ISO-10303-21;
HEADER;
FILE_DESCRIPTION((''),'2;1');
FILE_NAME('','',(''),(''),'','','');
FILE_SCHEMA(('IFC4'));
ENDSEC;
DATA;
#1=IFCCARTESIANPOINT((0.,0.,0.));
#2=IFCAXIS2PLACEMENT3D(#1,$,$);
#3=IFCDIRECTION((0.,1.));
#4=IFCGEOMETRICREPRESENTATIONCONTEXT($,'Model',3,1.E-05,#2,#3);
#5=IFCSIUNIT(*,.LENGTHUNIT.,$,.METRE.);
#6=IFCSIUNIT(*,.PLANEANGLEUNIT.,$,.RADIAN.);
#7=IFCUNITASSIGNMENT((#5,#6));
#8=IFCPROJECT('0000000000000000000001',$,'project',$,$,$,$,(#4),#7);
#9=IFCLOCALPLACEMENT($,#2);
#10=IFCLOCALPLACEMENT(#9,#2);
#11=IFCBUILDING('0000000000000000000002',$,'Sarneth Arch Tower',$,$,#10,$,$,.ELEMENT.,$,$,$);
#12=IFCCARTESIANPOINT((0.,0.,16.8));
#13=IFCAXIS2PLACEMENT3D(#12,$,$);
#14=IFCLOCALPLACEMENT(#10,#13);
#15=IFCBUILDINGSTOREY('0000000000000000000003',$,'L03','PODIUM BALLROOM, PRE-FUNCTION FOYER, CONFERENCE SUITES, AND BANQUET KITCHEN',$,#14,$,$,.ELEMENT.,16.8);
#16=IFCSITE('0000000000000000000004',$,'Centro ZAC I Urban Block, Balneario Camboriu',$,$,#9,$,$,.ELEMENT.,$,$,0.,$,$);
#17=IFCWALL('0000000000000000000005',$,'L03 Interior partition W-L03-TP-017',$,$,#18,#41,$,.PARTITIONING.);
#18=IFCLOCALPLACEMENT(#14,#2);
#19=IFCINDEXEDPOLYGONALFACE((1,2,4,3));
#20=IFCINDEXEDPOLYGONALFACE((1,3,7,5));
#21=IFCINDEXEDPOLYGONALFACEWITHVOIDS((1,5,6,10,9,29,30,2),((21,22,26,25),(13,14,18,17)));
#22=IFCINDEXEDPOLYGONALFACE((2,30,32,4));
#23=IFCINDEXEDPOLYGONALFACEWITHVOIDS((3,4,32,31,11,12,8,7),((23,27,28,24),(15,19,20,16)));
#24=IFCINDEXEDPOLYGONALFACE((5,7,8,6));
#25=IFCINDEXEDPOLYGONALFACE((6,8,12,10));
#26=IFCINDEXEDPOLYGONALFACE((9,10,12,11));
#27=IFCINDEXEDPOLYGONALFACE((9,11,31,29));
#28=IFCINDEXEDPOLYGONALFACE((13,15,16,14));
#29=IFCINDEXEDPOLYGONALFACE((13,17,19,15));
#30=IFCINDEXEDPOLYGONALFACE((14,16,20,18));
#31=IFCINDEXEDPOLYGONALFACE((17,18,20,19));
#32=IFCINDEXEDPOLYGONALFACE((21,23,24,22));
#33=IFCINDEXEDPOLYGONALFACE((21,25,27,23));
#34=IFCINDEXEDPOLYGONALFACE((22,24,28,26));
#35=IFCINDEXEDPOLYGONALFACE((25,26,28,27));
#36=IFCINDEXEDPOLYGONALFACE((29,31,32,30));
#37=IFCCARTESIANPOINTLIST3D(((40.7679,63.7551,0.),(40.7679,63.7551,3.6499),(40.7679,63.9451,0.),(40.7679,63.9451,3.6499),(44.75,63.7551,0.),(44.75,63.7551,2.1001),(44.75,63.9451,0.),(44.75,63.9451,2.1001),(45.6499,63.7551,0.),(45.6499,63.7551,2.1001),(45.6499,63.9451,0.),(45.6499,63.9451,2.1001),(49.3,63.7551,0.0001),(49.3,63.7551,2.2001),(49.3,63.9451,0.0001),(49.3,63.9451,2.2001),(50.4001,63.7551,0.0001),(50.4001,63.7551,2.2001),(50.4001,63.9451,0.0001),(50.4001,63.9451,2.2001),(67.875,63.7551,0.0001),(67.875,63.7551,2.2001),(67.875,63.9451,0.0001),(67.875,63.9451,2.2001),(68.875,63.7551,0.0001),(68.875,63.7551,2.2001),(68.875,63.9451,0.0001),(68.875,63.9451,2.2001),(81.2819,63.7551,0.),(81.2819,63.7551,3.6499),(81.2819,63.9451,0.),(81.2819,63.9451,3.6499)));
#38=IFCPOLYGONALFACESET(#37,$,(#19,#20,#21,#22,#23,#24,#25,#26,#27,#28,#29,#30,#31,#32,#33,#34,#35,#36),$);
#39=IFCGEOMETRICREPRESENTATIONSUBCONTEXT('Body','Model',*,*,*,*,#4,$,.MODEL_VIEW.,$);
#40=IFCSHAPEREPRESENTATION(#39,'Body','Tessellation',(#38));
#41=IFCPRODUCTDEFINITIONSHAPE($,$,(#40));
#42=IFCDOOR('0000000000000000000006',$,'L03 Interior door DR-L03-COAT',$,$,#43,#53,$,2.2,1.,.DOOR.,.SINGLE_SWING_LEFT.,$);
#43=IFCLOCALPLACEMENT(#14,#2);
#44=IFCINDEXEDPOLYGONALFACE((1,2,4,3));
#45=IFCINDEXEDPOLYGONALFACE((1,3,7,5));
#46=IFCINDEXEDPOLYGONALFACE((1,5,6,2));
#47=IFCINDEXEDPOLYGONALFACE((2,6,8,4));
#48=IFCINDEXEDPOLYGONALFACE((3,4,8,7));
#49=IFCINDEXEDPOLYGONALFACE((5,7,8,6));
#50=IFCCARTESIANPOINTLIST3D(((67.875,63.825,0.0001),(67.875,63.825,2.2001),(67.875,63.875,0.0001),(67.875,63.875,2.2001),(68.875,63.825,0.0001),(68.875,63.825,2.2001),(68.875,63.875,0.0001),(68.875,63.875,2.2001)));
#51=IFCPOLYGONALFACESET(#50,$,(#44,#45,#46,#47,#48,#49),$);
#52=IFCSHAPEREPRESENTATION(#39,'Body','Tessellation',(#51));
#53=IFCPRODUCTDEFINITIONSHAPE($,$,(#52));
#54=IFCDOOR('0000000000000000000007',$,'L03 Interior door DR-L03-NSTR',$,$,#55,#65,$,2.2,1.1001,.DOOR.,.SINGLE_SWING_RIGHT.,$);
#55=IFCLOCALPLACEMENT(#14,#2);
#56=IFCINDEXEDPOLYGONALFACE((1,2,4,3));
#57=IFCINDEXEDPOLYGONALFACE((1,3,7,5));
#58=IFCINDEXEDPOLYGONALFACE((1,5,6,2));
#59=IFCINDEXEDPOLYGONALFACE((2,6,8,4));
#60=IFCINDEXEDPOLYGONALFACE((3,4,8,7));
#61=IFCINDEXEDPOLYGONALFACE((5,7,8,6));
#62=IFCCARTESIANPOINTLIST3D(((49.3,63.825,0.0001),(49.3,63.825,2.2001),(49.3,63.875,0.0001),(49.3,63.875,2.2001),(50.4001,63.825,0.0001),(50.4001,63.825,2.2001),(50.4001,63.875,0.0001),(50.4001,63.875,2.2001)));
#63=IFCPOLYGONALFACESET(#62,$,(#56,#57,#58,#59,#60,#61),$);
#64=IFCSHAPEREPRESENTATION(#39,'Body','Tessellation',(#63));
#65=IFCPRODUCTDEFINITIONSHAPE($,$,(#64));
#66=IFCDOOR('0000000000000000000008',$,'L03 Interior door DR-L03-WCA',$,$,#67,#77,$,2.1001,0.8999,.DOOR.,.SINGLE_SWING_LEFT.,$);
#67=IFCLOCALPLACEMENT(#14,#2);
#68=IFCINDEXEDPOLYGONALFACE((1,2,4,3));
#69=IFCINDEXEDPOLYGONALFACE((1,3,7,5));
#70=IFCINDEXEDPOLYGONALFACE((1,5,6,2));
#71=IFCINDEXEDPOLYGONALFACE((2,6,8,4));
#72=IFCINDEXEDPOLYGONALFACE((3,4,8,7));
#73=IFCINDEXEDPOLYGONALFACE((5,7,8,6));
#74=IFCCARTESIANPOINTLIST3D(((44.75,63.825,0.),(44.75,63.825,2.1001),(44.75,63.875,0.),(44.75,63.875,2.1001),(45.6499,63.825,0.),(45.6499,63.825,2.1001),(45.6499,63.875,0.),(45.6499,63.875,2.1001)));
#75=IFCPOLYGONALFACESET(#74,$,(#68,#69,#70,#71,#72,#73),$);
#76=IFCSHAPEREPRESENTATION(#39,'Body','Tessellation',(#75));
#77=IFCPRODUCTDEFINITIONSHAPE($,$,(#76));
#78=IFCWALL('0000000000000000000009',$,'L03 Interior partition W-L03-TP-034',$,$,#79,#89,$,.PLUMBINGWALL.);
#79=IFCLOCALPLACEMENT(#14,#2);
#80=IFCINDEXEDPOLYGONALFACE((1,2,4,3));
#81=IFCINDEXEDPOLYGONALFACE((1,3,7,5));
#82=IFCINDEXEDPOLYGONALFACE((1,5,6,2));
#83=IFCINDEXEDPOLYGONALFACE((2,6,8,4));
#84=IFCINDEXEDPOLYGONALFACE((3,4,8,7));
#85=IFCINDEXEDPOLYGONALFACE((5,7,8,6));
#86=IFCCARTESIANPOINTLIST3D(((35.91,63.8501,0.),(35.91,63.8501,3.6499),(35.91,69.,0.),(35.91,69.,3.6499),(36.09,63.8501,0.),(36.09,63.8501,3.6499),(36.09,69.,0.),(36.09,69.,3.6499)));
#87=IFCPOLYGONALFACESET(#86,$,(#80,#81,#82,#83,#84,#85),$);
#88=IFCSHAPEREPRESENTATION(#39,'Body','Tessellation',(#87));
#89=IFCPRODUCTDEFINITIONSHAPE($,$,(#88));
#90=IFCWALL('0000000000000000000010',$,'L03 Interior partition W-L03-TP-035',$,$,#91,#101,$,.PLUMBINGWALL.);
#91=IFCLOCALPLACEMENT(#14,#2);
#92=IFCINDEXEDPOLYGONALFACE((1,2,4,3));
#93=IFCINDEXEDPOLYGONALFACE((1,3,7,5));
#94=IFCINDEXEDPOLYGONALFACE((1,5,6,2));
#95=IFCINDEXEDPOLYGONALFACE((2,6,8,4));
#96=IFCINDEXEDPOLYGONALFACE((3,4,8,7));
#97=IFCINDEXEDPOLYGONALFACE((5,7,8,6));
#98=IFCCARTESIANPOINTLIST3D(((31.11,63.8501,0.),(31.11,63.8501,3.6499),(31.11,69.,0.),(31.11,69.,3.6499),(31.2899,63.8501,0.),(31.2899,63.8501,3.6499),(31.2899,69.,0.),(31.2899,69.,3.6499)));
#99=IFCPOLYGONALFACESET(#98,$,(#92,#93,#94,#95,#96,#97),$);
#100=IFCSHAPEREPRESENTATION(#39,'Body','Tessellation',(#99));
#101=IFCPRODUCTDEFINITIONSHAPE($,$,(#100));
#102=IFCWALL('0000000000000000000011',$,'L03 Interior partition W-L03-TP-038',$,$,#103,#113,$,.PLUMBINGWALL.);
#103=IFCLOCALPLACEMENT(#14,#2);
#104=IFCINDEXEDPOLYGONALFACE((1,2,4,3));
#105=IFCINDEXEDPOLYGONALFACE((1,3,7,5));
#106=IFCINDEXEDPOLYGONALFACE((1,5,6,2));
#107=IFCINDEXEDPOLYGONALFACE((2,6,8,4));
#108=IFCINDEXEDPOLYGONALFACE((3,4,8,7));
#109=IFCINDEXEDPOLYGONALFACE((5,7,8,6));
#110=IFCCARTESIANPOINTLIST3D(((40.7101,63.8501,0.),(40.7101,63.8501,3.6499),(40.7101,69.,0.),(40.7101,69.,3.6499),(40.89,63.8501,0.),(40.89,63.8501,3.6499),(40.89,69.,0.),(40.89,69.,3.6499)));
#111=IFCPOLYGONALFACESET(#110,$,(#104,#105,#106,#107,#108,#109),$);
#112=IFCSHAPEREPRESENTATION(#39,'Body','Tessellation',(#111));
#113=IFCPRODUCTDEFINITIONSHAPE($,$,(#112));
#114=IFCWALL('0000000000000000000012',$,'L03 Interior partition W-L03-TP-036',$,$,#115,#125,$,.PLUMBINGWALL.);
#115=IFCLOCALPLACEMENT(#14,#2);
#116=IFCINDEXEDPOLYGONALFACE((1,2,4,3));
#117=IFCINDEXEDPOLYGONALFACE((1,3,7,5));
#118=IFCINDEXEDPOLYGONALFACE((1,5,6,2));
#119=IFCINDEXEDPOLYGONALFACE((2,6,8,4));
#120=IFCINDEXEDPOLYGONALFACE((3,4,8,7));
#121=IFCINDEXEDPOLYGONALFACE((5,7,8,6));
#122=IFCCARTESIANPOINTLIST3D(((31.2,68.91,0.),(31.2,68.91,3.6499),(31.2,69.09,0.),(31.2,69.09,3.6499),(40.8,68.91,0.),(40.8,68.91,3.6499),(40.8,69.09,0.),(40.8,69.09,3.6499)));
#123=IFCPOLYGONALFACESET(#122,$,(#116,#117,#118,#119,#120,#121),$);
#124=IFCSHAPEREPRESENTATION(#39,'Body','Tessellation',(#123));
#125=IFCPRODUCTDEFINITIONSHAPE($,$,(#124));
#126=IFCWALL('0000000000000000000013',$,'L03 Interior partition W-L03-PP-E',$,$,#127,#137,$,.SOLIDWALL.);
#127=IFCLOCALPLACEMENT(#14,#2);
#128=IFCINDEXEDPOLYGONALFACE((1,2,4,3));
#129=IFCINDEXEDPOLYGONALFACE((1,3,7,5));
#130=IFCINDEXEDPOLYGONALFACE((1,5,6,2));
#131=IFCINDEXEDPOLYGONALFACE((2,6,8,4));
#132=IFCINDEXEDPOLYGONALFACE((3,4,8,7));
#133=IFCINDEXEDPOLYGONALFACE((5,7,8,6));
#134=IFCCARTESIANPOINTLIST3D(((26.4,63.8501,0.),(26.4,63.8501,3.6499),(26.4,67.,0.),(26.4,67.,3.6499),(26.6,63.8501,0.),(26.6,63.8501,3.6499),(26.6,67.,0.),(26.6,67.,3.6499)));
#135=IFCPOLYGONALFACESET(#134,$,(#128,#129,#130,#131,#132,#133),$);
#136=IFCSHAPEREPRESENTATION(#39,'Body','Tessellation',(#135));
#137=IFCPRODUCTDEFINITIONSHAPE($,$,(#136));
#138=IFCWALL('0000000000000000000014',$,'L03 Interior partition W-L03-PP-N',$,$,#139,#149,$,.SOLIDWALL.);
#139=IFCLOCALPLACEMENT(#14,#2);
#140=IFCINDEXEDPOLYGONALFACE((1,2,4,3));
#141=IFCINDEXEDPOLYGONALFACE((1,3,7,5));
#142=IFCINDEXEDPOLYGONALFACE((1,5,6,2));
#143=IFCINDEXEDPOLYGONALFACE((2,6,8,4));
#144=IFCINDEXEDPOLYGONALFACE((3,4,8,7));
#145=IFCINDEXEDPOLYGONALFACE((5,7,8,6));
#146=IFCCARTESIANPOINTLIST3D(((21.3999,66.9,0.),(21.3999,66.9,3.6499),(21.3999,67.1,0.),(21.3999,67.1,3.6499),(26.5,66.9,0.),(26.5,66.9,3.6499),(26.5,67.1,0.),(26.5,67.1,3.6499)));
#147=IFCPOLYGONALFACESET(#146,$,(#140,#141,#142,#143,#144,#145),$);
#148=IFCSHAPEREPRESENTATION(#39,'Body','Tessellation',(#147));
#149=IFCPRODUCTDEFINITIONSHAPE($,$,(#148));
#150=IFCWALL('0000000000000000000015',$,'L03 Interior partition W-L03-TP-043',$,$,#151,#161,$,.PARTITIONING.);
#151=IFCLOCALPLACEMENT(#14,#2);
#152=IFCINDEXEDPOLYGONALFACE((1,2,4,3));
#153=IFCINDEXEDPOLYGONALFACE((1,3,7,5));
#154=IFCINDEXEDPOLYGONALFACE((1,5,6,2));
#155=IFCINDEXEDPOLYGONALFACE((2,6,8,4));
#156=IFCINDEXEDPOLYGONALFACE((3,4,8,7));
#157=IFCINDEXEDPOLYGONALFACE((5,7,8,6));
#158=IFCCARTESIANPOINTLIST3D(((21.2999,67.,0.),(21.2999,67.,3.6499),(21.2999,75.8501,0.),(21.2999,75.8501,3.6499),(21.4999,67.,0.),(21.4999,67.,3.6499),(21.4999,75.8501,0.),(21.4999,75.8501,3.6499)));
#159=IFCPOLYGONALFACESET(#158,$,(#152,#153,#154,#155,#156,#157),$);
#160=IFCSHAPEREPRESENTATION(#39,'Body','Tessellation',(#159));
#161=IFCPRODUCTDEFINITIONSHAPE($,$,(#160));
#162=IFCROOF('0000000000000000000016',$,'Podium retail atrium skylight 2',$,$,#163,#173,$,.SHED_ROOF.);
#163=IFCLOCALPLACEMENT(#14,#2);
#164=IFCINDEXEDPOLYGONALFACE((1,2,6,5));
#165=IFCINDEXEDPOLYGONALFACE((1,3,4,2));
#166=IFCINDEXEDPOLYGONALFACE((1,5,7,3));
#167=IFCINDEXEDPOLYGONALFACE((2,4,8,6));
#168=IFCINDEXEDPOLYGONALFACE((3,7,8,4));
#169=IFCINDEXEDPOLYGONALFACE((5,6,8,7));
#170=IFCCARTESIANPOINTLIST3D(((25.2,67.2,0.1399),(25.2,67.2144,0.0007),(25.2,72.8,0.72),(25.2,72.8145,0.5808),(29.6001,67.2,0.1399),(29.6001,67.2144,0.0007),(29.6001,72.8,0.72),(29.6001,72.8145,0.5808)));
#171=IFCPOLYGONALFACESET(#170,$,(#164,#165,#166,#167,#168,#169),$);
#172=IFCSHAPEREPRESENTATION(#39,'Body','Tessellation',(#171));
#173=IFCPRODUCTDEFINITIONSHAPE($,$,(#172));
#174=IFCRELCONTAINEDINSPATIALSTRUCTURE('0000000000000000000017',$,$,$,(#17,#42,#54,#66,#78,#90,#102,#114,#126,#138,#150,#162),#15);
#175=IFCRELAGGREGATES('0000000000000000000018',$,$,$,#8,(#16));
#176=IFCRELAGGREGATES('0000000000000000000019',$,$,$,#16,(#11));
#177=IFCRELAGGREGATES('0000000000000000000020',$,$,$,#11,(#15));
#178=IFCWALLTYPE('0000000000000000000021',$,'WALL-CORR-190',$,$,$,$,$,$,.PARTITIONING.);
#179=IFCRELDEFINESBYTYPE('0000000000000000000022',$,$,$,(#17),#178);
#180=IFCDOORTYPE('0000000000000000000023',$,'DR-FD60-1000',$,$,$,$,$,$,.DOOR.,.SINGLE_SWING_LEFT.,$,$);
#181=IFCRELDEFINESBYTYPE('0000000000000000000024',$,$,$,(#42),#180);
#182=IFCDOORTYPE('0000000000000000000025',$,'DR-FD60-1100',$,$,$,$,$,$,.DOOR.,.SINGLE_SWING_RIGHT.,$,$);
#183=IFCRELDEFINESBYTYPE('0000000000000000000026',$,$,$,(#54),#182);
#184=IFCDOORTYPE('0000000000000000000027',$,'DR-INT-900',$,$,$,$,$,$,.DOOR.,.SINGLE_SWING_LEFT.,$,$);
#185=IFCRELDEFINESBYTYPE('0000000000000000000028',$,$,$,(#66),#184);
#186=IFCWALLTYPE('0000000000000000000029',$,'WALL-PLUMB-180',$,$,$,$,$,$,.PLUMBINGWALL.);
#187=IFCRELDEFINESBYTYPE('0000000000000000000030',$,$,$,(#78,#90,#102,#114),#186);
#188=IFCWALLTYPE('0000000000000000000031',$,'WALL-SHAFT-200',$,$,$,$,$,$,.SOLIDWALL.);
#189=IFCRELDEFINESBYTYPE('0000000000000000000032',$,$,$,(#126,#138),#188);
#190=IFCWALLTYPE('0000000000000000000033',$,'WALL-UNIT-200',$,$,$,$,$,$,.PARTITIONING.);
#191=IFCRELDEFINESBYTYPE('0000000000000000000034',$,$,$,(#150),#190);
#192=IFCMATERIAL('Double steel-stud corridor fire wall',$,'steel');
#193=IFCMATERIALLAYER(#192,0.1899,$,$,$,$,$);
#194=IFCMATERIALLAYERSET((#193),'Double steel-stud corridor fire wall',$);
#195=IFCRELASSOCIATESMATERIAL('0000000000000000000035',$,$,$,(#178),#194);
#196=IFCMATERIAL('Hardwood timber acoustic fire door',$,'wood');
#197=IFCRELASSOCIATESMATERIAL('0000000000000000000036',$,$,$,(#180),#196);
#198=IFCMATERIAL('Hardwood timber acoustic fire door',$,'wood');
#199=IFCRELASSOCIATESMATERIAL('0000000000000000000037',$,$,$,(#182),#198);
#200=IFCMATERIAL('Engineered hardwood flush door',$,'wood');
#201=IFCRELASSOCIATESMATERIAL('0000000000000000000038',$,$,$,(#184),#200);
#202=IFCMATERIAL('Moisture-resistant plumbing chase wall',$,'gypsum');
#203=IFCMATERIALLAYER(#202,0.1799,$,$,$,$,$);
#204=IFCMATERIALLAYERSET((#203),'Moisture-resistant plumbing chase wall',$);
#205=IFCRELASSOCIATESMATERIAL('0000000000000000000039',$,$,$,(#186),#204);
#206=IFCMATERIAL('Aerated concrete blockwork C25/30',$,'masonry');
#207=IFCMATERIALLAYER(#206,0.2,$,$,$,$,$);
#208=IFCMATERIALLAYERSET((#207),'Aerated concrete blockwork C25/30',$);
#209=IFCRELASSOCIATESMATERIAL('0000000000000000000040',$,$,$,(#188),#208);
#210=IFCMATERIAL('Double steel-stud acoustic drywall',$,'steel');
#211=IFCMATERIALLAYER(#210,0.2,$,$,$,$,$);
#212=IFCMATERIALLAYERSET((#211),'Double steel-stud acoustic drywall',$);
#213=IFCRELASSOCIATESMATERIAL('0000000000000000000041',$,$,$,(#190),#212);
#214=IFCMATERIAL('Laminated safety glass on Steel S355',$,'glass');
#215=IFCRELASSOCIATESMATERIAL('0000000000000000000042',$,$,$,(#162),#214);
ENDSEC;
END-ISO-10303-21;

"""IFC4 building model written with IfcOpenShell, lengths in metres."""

from ifc_helpers import new_model, si_unit, direction, frame, frame_2d, origin, place, context, subcontext, project, spatial, polyline, rectangle, outline, extrude, material, layer, layer_set, type_object, element, fill, save


model = new_model("IFC4")

# Units and contexts
model_context = context("Model", 3, precision=1e-05, world=origin(), true_north=direction((0.0, 1.0)))
body_context = subcontext(model_context, "Body", "Model", "MODEL_VIEW")
ifc_project = project(units=[si_unit("LENGTHUNIT", "METRE"), si_unit("PLANEANGLEUNIT", "RADIAN")], contexts=[model_context])

# Site, building, storey
site_placement = place(None, origin())
site = spatial("IfcSite", under=ifc_project, at=site_placement, Name="Centro ZAC I Urban Block, Balneario Camboriu", CompositionType="ELEMENT", RefElevation=0.0)
building_placement = place(site_placement, origin())
building = spatial("IfcBuilding", under=site, at=building_placement, Name="Sarneth Arch Tower", CompositionType="ELEMENT")
storey_placement = place(building_placement, frame((0.0, 0.0, 16.8)))
storey = spatial("IfcBuildingStorey", under=building, at=storey_placement, Name="L03", Description="PODIUM BALLROOM, PRE-FUNCTION FOYER, CONFERENCE SUITES, AND BANQUET KITCHEN", CompositionType="ELEMENT", Elevation=16.8)

# Wall, openings, doors
ifc_material_1 = material(Name="Double steel-stud corridor fire wall", Category="steel")
ifc_layer_1 = layer(ifc_material_1, 0.1899)
ifc_layer_set_1 = layer_set([ifc_layer_1], Name="Double steel-stud corridor fire wall")
wall_type_1 = type_object("IfcWallType", Name="WALL-CORR-190", PredefinedType="PARTITIONING", material=ifc_layer_set_1)
wall_1_placement = place(storey_placement, frame((40.7681, 63.8501, 0.0), z_axis=(0.0, 0.0, 1.0), x_axis=(1.0, 0.0, 0.0)))
wall_1 = element("IfcWall", 1, at=wall_1_placement, inside=storey, type_object=wall_type_1, Name="L03 Interior partition W-L03-TP-017", PredefinedType="PARTITIONING", context=body_context, shape_type="SweptSolid", body=[
    extrude(rectangle(XDim=40.5139, YDim=0.1899, at=frame_2d((20.2568, 0.0))), origin(), (0.0, 0.0, 1.0), 3.6499),
])
opening_1_placement = place(wall_1_placement, frame((27.1069, 0.0, 0.0)))
opening_1 = element("IfcOpeningElement", 2, at=opening_1_placement, cuts=wall_1, PredefinedType="OPENING", context=body_context, shape_type="SweptSolid", body=[
    extrude(rectangle(XDim=1.0, YDim=2.2, at=frame_2d((0.5, 1.1001))), frame((0.0, 0.105, 0.0), z_axis=(0.0, -1.0, 0.0), x_axis=(1.0, 0.0, 0.0)), (0.0, 0.0, 1.0), 0.21),
])
opening_2_placement = place(wall_1_placement, frame((8.532, 0.0, 0.0)))
opening_2 = element("IfcOpeningElement", 3, at=opening_2_placement, cuts=wall_1, PredefinedType="OPENING", context=body_context, shape_type="SweptSolid", body=[
    extrude(rectangle(XDim=1.1001, YDim=2.2, at=frame_2d((0.55, 1.1001))), frame((0.0, 0.105, 0.0), z_axis=(0.0, -1.0, 0.0), x_axis=(1.0, 0.0, 0.0)), (0.0, 0.0, 1.0), 0.21),
])
opening_3_placement = place(wall_1_placement, frame((3.9819, 0.0, 0.0)))
opening_3 = element("IfcOpeningElement", 4, at=opening_3_placement, cuts=wall_1, PredefinedType="OPENING", context=body_context, shape_type="SweptSolid", body=[
    extrude(rectangle(XDim=0.8999, YDim=2.1001, at=frame_2d((0.45, 1.05))), frame((0.0, 0.105, 0.0), z_axis=(0.0, -1.0, 0.0), x_axis=(1.0, 0.0, 0.0)), (0.0, 0.0, 1.0), 0.21),
])
ifc_material_2 = material(Name="Hardwood timber acoustic fire door", Category="wood")
door_type_1 = type_object("IfcDoorType", Name="DR-FD60-1000", OperationType="SINGLE_SWING_LEFT", PredefinedType="DOOR", material=ifc_material_2)
door_1_placement = place(opening_1_placement, origin())
door_1 = element("IfcDoor", 5, at=door_1_placement, inside=storey, type_object=door_type_1, Name="L03 Interior door DR-L03-COAT", OperationType="SINGLE_SWING_LEFT", OverallHeight=2.2, OverallWidth=1.0, PredefinedType="DOOR", context=body_context, shape_type="SweptSolid", body=[
    extrude(rectangle(XDim=1.0, YDim=2.2, at=frame_2d((0.5, 1.1001))), frame((0.0, 0.0249, 0.0), z_axis=(0.0, -1.0, 0.0), x_axis=(1.0, 0.0, 0.0)), (0.0, 0.0, 1.0), 0.05),
])
fill(opening_1, door_1)
ifc_material_3 = material(Name="Hardwood timber acoustic fire door", Category="wood")
door_type_2 = type_object("IfcDoorType", Name="DR-FD60-1100", OperationType="SINGLE_SWING_RIGHT", PredefinedType="DOOR", material=ifc_material_3)
door_2_placement = place(opening_2_placement, origin())
door_2 = element("IfcDoor", 6, at=door_2_placement, inside=storey, type_object=door_type_2, Name="L03 Interior door DR-L03-NSTR", OperationType="SINGLE_SWING_RIGHT", OverallHeight=2.2, OverallWidth=1.1001, PredefinedType="DOOR", context=body_context, shape_type="SweptSolid", body=[
    extrude(rectangle(XDim=1.1001, YDim=2.2, at=frame_2d((0.55, 1.1001))), frame((0.0, 0.0249, 0.0), z_axis=(0.0, -1.0, 0.0), x_axis=(1.0, 0.0, 0.0)), (0.0, 0.0, 1.0), 0.05),
])
fill(opening_2, door_2)
ifc_material_4 = material(Name="Engineered hardwood flush door", Category="wood")
door_type_3 = type_object("IfcDoorType", Name="DR-INT-900", OperationType="SINGLE_SWING_LEFT", PredefinedType="DOOR", material=ifc_material_4)
door_3_placement = place(opening_3_placement, origin())
door_3 = element("IfcDoor", 7, at=door_3_placement, inside=storey, type_object=door_type_3, Name="L03 Interior door DR-L03-WCA", OperationType="SINGLE_SWING_LEFT", OverallHeight=2.1001, OverallWidth=0.8999, PredefinedType="DOOR", context=body_context, shape_type="SweptSolid", body=[
    extrude(rectangle(XDim=0.8999, YDim=2.1001, at=frame_2d((0.45, 1.05))), frame((0.0, 0.0249, 0.0), z_axis=(0.0, -1.0, 0.0), x_axis=(1.0, 0.0, 0.0)), (0.0, 0.0, 1.0), 0.05),
])
fill(opening_3, door_3)

# Walls
ifc_material_5 = material(Name="Moisture-resistant plumbing chase wall", Category="gypsum")
ifc_layer_2 = layer(ifc_material_5, 0.1799)
ifc_layer_set_2 = layer_set([ifc_layer_2], Name="Moisture-resistant plumbing chase wall")
wall_type_2 = type_object("IfcWallType", Name="WALL-PLUMB-180", PredefinedType="PLUMBINGWALL", material=ifc_layer_set_2)
for number, where, z_axis, x_axis, name in (
    (8, (36.0, 69.0, 0.0), (0.0, 0.0, 1.0), (0.0, -1.0, 0.0), "L03 Interior partition W-L03-TP-034"),
    (9, (31.2, 63.8501, 0.0), (0.0, 0.0, 1.0), (0.0, 1.0, 0.0), "L03 Interior partition W-L03-TP-035"),
    (10, (40.8, 69.0, 0.0), (0.0, 0.0, 1.0), (0.0, -1.0, 0.0), "L03 Interior partition W-L03-TP-038"),
):
    element("IfcWall", number, at=place(storey_placement, frame(where, z_axis=z_axis, x_axis=x_axis)), inside=storey, type_object=wall_type_2, Name=name, PredefinedType="PLUMBINGWALL", context=body_context, shape_type="SweptSolid", body=[
        extrude(rectangle(XDim=5.1499, YDim=0.1799, at=frame_2d((2.575, 0.0))), origin(), (0.0, 0.0, 1.0), 3.6499),
    ])
wall_2_placement = place(storey_placement, frame((31.2, 69.0, 0.0), z_axis=(0.0, 0.0, 1.0), x_axis=(1.0, 0.0, 0.0)))
element("IfcWall", 11, at=wall_2_placement, inside=storey, type_object=wall_type_2, Name="L03 Interior partition W-L03-TP-036", PredefinedType="PLUMBINGWALL", context=body_context, shape_type="SweptSolid", body=[
    extrude(rectangle(XDim=9.6001, YDim=0.1799, at=frame_2d((4.8, 0.0))), origin(), (0.0, 0.0, 1.0), 3.6499),
])
ifc_material_6 = material(Name="Aerated concrete blockwork C25/30", Category="masonry")
ifc_layer_3 = layer(ifc_material_6, 0.2)
ifc_layer_set_3 = layer_set([ifc_layer_3], Name="Aerated concrete blockwork C25/30")
wall_type_3 = type_object("IfcWallType", Name="WALL-SHAFT-200", PredefinedType="SOLIDWALL", material=ifc_layer_set_3)
wall_3_placement = place(storey_placement, frame((26.5, 63.8501, 0.0), z_axis=(0.0, 0.0, 1.0), x_axis=(0.0, 1.0, 0.0)))
element("IfcWall", 12, at=wall_3_placement, inside=storey, type_object=wall_type_3, Name="L03 Interior partition W-L03-PP-E", PredefinedType="SOLIDWALL", context=body_context, shape_type="SweptSolid", body=[
    extrude(rectangle(XDim=3.1499, YDim=0.2, at=frame_2d((1.575, 0.0))), origin(), (0.0, 0.0, 1.0), 3.6499),
])
wall_4_placement = place(storey_placement, frame((21.3999, 67.0, 0.0), z_axis=(0.0, 0.0, 1.0), x_axis=(1.0, 0.0, 0.0)))
element("IfcWall", 13, at=wall_4_placement, inside=storey, type_object=wall_type_3, Name="L03 Interior partition W-L03-PP-N", PredefinedType="SOLIDWALL", context=body_context, shape_type="SweptSolid", body=[
    extrude(rectangle(XDim=5.1001, YDim=0.2, at=frame_2d((2.55, 0.0))), origin(), (0.0, 0.0, 1.0), 3.6499),
])
ifc_material_7 = material(Name="Double steel-stud acoustic drywall", Category="steel")
ifc_layer_4 = layer(ifc_material_7, 0.2)
ifc_layer_set_4 = layer_set([ifc_layer_4], Name="Double steel-stud acoustic drywall")
wall_type_4 = type_object("IfcWallType", Name="WALL-UNIT-200", PredefinedType="PARTITIONING", material=ifc_layer_set_4)
wall_5_placement = place(storey_placement, frame((21.3999, 67.0, 0.0), z_axis=(0.0, 0.0, 1.0), x_axis=(0.0, 1.0, 0.0)))
element("IfcWall", 14, at=wall_5_placement, inside=storey, type_object=wall_type_4, Name="L03 Interior partition W-L03-TP-043", PredefinedType="PARTITIONING", context=body_context, shape_type="SweptSolid", body=[
    extrude(rectangle(XDim=8.8501, YDim=0.2, at=frame_2d((4.425, 0.0))), origin(), (0.0, 0.0, 1.0), 3.6499),
])

# Roof
ifc_material_8 = material(Name="Laminated safety glass on Steel S355", Category="glass")
roof_placement = place(storey_placement, frame((25.2, 67.2, 0.1399), z_axis=(0.0, -0.103032, 0.994678), x_axis=(1.0, 0.0, 0.0)))
element("IfcRoof", 15, at=roof_placement, inside=storey, material=ifc_material_8, Name="Podium retail atrium skylight 2", PredefinedType="SHED_ROOF", context=body_context, shape_type="SweptSolid", body=[
    extrude(outline(polyline([(0.0, 0.0), (4.4001, 0.0), (4.4001, 5.6301), (0.0, 5.6301), (0.0, 0.0)])), origin(), (0.0, 0.0, -1.0), 0.1399),
])

save(model, "model.ifc")
